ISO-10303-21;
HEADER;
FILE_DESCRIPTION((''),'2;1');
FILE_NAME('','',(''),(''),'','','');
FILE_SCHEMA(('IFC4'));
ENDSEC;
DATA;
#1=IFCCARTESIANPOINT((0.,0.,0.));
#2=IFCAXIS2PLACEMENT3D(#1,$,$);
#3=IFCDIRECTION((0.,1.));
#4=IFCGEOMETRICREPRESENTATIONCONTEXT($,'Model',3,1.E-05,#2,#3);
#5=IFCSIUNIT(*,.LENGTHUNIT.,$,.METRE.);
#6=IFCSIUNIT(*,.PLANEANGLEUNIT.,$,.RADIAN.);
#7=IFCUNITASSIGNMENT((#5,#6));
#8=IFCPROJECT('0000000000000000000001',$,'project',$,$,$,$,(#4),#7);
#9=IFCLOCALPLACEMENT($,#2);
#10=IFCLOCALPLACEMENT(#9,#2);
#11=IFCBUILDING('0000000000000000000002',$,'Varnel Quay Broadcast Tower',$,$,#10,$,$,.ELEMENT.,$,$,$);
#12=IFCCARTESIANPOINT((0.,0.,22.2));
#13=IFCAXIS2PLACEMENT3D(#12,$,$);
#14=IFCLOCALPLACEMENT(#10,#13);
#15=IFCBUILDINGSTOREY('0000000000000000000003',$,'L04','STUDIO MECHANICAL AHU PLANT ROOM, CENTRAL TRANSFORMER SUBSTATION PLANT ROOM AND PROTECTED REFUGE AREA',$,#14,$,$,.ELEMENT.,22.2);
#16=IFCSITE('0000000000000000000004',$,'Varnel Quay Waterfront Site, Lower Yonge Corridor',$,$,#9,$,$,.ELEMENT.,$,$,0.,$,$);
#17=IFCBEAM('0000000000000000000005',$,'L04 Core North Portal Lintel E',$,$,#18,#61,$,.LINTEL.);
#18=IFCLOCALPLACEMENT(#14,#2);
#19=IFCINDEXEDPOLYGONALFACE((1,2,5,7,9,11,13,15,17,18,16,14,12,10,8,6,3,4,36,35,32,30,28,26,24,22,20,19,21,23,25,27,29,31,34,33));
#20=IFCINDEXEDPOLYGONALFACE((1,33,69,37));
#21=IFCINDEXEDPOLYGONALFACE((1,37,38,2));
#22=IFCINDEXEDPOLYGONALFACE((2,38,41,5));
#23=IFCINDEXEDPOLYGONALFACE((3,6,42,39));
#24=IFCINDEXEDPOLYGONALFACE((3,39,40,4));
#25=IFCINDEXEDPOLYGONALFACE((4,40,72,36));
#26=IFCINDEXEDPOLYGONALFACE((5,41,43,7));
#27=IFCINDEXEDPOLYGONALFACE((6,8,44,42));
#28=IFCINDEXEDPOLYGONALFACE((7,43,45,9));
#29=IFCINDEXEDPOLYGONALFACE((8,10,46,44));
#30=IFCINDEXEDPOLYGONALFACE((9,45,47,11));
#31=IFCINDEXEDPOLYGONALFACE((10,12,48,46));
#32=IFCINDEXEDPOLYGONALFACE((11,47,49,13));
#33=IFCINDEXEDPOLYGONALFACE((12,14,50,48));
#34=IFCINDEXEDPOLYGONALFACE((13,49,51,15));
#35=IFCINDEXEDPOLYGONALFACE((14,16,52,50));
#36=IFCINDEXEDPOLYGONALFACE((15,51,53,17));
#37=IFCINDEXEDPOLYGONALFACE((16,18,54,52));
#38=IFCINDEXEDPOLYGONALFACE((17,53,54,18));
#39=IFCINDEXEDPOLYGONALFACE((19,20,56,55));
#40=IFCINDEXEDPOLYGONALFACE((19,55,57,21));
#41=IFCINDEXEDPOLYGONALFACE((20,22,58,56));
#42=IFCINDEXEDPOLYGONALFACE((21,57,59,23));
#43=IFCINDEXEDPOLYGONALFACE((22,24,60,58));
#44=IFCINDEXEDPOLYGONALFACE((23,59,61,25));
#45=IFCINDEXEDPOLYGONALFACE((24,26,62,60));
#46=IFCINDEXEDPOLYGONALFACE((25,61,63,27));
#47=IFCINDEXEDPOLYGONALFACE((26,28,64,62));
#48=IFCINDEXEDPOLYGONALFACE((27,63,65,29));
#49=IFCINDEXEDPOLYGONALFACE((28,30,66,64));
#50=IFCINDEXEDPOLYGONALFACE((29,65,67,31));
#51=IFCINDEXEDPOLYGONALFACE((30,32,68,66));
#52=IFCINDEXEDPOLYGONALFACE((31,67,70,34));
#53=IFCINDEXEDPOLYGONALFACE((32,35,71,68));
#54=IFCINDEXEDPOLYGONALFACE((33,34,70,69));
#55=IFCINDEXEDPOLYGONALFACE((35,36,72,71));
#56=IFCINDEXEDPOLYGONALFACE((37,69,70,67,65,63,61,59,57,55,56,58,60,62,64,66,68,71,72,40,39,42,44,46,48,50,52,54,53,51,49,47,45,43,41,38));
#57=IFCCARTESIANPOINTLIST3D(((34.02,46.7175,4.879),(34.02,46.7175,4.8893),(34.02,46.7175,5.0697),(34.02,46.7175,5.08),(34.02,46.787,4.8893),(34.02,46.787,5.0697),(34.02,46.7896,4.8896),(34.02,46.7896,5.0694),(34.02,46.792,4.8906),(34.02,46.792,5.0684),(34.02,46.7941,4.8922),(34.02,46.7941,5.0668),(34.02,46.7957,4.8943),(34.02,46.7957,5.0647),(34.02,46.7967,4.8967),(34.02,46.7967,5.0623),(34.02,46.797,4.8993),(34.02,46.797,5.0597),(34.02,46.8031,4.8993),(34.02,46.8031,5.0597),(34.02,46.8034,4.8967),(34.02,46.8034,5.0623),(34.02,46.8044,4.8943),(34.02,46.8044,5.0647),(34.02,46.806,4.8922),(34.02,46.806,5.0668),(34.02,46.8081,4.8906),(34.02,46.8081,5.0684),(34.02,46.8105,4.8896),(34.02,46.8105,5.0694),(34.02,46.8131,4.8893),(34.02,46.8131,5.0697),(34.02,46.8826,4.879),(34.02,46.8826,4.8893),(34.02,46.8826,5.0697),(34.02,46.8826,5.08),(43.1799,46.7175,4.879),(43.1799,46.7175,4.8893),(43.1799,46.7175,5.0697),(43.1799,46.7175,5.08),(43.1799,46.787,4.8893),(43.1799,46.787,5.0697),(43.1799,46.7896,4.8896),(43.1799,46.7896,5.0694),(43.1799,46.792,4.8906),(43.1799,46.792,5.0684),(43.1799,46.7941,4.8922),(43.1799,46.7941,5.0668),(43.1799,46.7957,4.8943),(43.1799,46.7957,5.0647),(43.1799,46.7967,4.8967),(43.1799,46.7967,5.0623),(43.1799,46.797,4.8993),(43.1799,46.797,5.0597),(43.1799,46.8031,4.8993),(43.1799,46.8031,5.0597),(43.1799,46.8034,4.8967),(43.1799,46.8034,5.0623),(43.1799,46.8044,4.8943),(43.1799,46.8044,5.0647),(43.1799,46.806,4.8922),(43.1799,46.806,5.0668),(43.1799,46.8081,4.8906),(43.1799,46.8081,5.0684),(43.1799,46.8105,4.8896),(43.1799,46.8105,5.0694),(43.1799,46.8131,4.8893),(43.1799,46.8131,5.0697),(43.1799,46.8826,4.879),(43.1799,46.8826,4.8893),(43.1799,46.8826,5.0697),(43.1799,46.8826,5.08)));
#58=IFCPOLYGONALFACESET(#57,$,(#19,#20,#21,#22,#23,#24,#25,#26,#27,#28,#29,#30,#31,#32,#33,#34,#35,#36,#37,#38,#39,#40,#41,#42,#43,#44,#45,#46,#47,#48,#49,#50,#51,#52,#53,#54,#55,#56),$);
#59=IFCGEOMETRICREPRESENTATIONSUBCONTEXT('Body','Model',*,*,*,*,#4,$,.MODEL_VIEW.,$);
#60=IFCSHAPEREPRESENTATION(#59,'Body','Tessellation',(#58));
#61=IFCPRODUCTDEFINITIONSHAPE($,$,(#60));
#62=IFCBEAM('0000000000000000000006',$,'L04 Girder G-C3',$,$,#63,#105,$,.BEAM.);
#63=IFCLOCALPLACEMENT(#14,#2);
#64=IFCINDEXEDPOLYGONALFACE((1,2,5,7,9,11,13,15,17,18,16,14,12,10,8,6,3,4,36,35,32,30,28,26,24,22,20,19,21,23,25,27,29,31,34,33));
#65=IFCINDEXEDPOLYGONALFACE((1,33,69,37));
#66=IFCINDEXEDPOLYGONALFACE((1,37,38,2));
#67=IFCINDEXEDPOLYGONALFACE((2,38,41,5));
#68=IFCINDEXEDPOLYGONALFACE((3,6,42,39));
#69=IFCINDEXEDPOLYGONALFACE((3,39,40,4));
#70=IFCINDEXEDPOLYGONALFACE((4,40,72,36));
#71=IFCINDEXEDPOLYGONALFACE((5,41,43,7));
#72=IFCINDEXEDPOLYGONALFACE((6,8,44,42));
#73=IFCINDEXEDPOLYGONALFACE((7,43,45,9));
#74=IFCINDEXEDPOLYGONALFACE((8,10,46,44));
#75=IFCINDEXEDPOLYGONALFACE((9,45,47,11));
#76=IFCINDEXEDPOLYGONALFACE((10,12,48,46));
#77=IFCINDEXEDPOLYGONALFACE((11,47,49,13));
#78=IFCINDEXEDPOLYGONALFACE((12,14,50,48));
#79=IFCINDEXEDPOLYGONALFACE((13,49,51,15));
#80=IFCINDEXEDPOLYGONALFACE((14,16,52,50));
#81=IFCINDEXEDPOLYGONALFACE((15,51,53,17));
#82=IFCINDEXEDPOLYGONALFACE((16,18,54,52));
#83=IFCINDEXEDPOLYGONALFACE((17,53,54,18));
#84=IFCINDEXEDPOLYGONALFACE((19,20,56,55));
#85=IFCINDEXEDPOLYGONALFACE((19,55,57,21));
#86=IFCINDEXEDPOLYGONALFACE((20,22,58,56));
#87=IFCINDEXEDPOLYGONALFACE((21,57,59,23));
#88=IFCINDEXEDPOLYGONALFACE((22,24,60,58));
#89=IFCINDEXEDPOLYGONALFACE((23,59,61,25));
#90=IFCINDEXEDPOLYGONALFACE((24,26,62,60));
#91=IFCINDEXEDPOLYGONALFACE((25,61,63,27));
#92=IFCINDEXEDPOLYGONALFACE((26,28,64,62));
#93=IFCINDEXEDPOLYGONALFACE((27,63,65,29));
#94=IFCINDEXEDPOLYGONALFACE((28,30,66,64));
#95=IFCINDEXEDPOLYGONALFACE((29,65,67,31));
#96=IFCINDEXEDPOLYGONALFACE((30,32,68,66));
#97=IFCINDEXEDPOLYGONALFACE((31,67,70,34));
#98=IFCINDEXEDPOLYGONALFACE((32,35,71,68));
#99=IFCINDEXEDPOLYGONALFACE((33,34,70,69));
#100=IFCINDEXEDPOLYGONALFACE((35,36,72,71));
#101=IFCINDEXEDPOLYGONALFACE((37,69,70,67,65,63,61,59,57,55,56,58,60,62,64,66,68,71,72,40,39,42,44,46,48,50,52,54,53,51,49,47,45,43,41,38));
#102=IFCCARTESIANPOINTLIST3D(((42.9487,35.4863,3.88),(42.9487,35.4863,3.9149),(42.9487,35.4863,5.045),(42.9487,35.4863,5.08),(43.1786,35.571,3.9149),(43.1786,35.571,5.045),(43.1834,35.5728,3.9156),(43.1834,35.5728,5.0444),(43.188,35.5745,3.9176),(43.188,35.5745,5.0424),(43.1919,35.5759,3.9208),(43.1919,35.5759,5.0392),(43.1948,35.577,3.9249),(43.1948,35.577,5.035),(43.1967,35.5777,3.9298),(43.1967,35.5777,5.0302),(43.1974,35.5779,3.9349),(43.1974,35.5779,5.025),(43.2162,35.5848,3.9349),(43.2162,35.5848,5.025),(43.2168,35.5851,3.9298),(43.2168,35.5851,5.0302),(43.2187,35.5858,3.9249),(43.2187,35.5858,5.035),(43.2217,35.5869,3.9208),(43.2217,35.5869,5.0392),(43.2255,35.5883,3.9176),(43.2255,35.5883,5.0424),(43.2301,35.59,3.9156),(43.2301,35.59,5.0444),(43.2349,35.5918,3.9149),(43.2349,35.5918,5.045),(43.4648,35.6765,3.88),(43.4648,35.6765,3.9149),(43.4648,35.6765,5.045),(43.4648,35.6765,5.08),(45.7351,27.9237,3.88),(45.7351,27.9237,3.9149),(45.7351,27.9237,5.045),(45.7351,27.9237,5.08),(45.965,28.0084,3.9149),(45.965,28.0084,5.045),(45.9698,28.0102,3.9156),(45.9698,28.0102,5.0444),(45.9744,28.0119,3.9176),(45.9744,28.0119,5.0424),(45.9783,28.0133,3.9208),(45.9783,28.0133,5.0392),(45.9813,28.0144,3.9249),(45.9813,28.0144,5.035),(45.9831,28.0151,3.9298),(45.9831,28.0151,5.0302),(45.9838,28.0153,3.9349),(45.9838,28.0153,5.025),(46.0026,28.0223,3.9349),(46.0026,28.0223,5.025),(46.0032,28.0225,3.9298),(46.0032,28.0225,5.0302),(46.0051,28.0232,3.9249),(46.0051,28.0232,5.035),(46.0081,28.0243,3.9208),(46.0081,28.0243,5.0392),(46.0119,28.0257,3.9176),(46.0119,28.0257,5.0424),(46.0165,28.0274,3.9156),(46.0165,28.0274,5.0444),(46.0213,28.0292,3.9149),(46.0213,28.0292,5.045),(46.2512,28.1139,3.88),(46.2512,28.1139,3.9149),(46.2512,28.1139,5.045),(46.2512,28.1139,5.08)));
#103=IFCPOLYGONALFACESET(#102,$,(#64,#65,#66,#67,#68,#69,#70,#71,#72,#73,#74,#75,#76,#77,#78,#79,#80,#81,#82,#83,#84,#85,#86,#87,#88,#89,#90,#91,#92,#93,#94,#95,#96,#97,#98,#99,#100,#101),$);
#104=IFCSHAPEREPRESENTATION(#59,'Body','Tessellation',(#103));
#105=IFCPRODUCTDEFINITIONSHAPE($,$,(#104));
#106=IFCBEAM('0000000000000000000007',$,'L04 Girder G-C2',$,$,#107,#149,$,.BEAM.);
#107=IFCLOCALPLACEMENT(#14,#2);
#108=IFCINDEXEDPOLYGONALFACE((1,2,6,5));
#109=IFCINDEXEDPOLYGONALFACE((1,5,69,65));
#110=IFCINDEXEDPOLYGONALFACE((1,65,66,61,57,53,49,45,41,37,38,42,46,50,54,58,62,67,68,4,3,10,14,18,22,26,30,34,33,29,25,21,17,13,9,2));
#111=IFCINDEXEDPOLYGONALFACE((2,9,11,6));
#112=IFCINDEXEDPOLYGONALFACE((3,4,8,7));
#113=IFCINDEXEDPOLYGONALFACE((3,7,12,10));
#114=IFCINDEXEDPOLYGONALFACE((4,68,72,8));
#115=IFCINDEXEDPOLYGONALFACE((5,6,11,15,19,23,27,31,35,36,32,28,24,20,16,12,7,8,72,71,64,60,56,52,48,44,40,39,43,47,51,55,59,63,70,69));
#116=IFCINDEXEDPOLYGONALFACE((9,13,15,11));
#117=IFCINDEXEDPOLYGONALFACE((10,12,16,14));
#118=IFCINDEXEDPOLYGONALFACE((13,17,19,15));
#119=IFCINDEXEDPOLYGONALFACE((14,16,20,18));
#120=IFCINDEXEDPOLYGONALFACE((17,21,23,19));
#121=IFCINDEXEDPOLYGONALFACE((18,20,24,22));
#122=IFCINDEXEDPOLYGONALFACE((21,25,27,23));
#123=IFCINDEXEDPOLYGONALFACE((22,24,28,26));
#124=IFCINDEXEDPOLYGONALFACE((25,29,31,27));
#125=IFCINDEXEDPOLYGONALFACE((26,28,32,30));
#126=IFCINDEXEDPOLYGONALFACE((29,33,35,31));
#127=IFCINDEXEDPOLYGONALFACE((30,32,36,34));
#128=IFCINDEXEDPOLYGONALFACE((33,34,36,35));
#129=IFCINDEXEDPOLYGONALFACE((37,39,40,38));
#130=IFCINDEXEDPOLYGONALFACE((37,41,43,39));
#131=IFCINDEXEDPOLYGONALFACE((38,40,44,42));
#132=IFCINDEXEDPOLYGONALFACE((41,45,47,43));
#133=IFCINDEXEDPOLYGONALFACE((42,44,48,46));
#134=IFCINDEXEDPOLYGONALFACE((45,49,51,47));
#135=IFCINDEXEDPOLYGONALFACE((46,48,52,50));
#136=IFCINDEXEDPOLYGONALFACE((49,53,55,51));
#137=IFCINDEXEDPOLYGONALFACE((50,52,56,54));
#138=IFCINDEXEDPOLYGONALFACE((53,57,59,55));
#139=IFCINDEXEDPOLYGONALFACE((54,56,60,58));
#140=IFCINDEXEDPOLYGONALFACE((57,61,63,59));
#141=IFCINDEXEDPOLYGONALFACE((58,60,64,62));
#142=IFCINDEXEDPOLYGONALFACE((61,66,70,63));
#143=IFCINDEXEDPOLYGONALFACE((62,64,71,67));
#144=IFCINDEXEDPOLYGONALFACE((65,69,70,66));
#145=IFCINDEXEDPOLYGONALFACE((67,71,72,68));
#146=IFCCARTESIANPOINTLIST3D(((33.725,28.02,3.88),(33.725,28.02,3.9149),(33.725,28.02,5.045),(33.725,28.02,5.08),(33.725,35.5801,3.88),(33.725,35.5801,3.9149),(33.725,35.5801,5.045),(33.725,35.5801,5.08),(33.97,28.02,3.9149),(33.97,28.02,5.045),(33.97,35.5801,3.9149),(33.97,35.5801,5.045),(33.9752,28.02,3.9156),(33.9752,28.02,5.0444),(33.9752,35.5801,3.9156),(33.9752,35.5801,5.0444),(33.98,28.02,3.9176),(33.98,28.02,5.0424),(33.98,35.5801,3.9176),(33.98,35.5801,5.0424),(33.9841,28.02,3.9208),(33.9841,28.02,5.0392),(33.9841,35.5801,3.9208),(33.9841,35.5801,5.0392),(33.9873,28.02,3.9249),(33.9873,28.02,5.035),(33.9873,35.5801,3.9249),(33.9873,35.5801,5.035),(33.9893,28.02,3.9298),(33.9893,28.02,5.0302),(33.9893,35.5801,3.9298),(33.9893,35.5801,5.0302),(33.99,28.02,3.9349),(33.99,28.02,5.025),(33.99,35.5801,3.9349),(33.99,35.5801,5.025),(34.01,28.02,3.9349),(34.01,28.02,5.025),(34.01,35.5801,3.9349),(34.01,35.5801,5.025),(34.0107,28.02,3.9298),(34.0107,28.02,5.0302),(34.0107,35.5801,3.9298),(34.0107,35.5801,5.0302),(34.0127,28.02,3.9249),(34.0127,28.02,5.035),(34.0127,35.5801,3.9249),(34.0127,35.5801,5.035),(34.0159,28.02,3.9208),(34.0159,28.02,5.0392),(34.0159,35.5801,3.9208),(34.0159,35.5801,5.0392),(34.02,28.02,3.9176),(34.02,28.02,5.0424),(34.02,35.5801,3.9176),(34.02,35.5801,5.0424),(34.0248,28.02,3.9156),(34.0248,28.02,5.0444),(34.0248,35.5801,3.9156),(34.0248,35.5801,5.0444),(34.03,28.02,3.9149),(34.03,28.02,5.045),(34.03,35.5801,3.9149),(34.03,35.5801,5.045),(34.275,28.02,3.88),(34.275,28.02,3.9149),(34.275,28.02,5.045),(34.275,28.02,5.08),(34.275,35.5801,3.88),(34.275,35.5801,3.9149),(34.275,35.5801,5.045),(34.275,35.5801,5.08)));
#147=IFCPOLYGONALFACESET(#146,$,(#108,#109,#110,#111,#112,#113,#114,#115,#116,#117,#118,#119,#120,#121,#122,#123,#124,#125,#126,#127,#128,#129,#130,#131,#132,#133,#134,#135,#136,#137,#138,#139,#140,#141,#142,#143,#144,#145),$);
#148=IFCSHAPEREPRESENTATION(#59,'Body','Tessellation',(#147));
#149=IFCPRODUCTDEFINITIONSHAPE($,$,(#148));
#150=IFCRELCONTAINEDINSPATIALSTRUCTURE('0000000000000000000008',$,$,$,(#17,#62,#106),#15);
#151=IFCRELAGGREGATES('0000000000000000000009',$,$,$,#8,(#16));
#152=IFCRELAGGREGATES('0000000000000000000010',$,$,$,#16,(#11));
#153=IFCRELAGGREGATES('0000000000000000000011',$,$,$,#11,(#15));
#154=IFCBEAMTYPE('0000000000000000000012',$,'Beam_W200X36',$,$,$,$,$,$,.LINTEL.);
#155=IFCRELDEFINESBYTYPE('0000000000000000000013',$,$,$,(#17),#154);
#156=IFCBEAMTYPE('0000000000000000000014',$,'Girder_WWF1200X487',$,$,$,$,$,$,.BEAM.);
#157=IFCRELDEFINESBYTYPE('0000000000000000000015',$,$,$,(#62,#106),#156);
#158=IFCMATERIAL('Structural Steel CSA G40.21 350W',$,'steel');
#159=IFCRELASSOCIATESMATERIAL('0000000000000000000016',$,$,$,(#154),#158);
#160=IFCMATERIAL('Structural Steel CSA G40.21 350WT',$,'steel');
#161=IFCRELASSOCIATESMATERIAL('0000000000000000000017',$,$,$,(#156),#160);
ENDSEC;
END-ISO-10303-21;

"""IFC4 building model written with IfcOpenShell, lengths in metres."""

from ifc_helpers import new_model, si_unit, direction, frame, origin, origin_2d, place, context, subcontext, project, spatial, i_section, extrude, source, transform, mapped, material, material_profile, profile_set, type_object, type_shapes, element, save


model = new_model("IFC4")

# Units and contexts
model_context = context("Model", 3, precision=1e-05, world=origin(), true_north=direction((0.0, 1.0)))
body_context = subcontext(model_context, "Body", "Model", "MODEL_VIEW")
ifc_project = project(units=[si_unit("LENGTHUNIT", "METRE"), si_unit("PLANEANGLEUNIT", "RADIAN")], contexts=[model_context])

# Site, building, storey
site_placement = place(None, origin())
site = spatial("IfcSite", under=ifc_project, at=site_placement, Name="Varnel Quay Waterfront Site, Lower Yonge Corridor", CompositionType="ELEMENT", RefElevation=0.0)
building_placement = place(site_placement, origin())
building = spatial("IfcBuilding", under=site, at=building_placement, Name="Varnel Quay Broadcast Tower", CompositionType="ELEMENT")
storey_placement = place(building_placement, frame((0.0, 0.0, 22.2)))
storey = spatial("IfcBuildingStorey", under=building, at=storey_placement, Name="L04", Description="STUDIO MECHANICAL AHU PLANT ROOM, CENTRAL TRANSFORMER SUBSTATION PLANT ROOM AND PROTECTED REFUGE AREA", CompositionType="ELEMENT", Elevation=22.2)

# Shared definitions
ifc_material_1 = material(Name="Structural Steel CSA G40.21 350WT", Category="steel")

# Beams
ifc_material_2 = material(Name="Structural Steel CSA G40.21 350W", Category="steel")
ifc_material_profile_1 = material_profile(ifc_material_2, i_section(OverallWidth=0.165, OverallDepth=0.2009, WebThickness=0.0061, FlangeThickness=0.0103, FilletRadius=0.01, at=origin_2d()), Name="W200X36")
ifc_profile_set_1 = profile_set([ifc_material_profile_1], Name="Structural Steel CSA G40.21 350W")
beam_type_1 = type_object("IfcBeamType", Name="Beam_W200X36", PredefinedType="LINTEL", material=ifc_profile_set_1)
shared_shape_1 = source(origin(), body_context, "Body", "SweptSolid", [
    extrude(i_section(OverallWidth=0.165, OverallDepth=0.2009, WebThickness=0.0061, FlangeThickness=0.0103, FilletRadius=0.01, at=origin_2d()), origin(), (0.0, 0.0, 1.0), 9.1599),
])
type_shapes(beam_type_1, [shared_shape_1])
beam_1_placement = place(storey_placement, frame((34.02, 46.8, 4.9795), z_axis=(1.0, 0.0, 0.0), x_axis=(0.0, 1.0, 0.0)))
element("IfcBeam", 1, at=beam_1_placement, inside=storey, type_object=beam_type_1, Name="L04 Core North Portal Lintel E", PredefinedType="LINTEL", context=body_context, shape_type="MappedRepresentation", body=[
    mapped(shared_shape_1, transform((0.0, 0.0, 0.0), x_axis=(1.0, 0.0, 0.0), y_axis=(0.0, 1.0, 0.0), z_axis=(0.0, 0.0, 1.0), scale=1.0)),
])
ifc_material_profile_2 = material_profile(ifc_material_1, i_section(OverallWidth=0.55, OverallDepth=1.2, WebThickness=0.02, FlangeThickness=0.0349, FilletRadius=0.02, at=origin_2d()), Name="WWF1200X487")
ifc_profile_set_2 = profile_set([ifc_material_profile_2], Name="Structural Steel CSA G40.21 350WT")
beam_type_2 = type_object("IfcBeamType", Name="Girder_WWF1200X487", PredefinedType="BEAM", material=ifc_profile_set_2)
shared_shape_2 = source(origin(), body_context, "Body", "SweptSolid", [
    extrude(i_section(OverallWidth=0.55, OverallDepth=1.2, WebThickness=0.02, FlangeThickness=0.0349, FilletRadius=0.02, at=origin_2d()), origin(), (0.0, 0.0, 1.0), 8.0596),
])
beam_2_placement = place(storey_placement, frame((45.9932, 28.0188, 4.48), z_axis=(-0.345726, 0.938335, 0.0), x_axis=(-0.938335, -0.345726, 0.0)))
element("IfcBeam", 2, at=beam_2_placement, inside=storey, type_object=beam_type_2, Name="L04 Girder G-C3", PredefinedType="BEAM", context=body_context, shape_type="MappedRepresentation", body=[
    mapped(shared_shape_2, transform((0.0, 0.0, 0.0), x_axis=(1.0, 0.0, 0.0), y_axis=(0.0, 1.0, 0.0), z_axis=(0.0, 0.0, 1.0), scale=1.0)),
])
shared_shape_3 = source(origin(), body_context, "Body", "SweptSolid", [
    extrude(i_section(OverallWidth=0.55, OverallDepth=1.2, WebThickness=0.02, FlangeThickness=0.0349, FilletRadius=0.02, at=origin_2d()), origin(), (0.0, 0.0, 1.0), 7.5601),
])
beam_3_placement = place(storey_placement, frame((34.0, 28.02, 4.48), z_axis=(0.0, 1.0, 0.0), x_axis=(-1.0, 0.0, 0.0)))
element("IfcBeam", 3, at=beam_3_placement, inside=storey, type_object=beam_type_2, Name="L04 Girder G-C2", PredefinedType="BEAM", context=body_context, shape_type="MappedRepresentation", body=[
    mapped(shared_shape_3, transform((0.0, 0.0, 0.0), x_axis=(1.0, 0.0, 0.0), y_axis=(0.0, 1.0, 0.0), z_axis=(0.0, 0.0, 1.0), scale=1.0)),
])

save(model, "model.ifc")
